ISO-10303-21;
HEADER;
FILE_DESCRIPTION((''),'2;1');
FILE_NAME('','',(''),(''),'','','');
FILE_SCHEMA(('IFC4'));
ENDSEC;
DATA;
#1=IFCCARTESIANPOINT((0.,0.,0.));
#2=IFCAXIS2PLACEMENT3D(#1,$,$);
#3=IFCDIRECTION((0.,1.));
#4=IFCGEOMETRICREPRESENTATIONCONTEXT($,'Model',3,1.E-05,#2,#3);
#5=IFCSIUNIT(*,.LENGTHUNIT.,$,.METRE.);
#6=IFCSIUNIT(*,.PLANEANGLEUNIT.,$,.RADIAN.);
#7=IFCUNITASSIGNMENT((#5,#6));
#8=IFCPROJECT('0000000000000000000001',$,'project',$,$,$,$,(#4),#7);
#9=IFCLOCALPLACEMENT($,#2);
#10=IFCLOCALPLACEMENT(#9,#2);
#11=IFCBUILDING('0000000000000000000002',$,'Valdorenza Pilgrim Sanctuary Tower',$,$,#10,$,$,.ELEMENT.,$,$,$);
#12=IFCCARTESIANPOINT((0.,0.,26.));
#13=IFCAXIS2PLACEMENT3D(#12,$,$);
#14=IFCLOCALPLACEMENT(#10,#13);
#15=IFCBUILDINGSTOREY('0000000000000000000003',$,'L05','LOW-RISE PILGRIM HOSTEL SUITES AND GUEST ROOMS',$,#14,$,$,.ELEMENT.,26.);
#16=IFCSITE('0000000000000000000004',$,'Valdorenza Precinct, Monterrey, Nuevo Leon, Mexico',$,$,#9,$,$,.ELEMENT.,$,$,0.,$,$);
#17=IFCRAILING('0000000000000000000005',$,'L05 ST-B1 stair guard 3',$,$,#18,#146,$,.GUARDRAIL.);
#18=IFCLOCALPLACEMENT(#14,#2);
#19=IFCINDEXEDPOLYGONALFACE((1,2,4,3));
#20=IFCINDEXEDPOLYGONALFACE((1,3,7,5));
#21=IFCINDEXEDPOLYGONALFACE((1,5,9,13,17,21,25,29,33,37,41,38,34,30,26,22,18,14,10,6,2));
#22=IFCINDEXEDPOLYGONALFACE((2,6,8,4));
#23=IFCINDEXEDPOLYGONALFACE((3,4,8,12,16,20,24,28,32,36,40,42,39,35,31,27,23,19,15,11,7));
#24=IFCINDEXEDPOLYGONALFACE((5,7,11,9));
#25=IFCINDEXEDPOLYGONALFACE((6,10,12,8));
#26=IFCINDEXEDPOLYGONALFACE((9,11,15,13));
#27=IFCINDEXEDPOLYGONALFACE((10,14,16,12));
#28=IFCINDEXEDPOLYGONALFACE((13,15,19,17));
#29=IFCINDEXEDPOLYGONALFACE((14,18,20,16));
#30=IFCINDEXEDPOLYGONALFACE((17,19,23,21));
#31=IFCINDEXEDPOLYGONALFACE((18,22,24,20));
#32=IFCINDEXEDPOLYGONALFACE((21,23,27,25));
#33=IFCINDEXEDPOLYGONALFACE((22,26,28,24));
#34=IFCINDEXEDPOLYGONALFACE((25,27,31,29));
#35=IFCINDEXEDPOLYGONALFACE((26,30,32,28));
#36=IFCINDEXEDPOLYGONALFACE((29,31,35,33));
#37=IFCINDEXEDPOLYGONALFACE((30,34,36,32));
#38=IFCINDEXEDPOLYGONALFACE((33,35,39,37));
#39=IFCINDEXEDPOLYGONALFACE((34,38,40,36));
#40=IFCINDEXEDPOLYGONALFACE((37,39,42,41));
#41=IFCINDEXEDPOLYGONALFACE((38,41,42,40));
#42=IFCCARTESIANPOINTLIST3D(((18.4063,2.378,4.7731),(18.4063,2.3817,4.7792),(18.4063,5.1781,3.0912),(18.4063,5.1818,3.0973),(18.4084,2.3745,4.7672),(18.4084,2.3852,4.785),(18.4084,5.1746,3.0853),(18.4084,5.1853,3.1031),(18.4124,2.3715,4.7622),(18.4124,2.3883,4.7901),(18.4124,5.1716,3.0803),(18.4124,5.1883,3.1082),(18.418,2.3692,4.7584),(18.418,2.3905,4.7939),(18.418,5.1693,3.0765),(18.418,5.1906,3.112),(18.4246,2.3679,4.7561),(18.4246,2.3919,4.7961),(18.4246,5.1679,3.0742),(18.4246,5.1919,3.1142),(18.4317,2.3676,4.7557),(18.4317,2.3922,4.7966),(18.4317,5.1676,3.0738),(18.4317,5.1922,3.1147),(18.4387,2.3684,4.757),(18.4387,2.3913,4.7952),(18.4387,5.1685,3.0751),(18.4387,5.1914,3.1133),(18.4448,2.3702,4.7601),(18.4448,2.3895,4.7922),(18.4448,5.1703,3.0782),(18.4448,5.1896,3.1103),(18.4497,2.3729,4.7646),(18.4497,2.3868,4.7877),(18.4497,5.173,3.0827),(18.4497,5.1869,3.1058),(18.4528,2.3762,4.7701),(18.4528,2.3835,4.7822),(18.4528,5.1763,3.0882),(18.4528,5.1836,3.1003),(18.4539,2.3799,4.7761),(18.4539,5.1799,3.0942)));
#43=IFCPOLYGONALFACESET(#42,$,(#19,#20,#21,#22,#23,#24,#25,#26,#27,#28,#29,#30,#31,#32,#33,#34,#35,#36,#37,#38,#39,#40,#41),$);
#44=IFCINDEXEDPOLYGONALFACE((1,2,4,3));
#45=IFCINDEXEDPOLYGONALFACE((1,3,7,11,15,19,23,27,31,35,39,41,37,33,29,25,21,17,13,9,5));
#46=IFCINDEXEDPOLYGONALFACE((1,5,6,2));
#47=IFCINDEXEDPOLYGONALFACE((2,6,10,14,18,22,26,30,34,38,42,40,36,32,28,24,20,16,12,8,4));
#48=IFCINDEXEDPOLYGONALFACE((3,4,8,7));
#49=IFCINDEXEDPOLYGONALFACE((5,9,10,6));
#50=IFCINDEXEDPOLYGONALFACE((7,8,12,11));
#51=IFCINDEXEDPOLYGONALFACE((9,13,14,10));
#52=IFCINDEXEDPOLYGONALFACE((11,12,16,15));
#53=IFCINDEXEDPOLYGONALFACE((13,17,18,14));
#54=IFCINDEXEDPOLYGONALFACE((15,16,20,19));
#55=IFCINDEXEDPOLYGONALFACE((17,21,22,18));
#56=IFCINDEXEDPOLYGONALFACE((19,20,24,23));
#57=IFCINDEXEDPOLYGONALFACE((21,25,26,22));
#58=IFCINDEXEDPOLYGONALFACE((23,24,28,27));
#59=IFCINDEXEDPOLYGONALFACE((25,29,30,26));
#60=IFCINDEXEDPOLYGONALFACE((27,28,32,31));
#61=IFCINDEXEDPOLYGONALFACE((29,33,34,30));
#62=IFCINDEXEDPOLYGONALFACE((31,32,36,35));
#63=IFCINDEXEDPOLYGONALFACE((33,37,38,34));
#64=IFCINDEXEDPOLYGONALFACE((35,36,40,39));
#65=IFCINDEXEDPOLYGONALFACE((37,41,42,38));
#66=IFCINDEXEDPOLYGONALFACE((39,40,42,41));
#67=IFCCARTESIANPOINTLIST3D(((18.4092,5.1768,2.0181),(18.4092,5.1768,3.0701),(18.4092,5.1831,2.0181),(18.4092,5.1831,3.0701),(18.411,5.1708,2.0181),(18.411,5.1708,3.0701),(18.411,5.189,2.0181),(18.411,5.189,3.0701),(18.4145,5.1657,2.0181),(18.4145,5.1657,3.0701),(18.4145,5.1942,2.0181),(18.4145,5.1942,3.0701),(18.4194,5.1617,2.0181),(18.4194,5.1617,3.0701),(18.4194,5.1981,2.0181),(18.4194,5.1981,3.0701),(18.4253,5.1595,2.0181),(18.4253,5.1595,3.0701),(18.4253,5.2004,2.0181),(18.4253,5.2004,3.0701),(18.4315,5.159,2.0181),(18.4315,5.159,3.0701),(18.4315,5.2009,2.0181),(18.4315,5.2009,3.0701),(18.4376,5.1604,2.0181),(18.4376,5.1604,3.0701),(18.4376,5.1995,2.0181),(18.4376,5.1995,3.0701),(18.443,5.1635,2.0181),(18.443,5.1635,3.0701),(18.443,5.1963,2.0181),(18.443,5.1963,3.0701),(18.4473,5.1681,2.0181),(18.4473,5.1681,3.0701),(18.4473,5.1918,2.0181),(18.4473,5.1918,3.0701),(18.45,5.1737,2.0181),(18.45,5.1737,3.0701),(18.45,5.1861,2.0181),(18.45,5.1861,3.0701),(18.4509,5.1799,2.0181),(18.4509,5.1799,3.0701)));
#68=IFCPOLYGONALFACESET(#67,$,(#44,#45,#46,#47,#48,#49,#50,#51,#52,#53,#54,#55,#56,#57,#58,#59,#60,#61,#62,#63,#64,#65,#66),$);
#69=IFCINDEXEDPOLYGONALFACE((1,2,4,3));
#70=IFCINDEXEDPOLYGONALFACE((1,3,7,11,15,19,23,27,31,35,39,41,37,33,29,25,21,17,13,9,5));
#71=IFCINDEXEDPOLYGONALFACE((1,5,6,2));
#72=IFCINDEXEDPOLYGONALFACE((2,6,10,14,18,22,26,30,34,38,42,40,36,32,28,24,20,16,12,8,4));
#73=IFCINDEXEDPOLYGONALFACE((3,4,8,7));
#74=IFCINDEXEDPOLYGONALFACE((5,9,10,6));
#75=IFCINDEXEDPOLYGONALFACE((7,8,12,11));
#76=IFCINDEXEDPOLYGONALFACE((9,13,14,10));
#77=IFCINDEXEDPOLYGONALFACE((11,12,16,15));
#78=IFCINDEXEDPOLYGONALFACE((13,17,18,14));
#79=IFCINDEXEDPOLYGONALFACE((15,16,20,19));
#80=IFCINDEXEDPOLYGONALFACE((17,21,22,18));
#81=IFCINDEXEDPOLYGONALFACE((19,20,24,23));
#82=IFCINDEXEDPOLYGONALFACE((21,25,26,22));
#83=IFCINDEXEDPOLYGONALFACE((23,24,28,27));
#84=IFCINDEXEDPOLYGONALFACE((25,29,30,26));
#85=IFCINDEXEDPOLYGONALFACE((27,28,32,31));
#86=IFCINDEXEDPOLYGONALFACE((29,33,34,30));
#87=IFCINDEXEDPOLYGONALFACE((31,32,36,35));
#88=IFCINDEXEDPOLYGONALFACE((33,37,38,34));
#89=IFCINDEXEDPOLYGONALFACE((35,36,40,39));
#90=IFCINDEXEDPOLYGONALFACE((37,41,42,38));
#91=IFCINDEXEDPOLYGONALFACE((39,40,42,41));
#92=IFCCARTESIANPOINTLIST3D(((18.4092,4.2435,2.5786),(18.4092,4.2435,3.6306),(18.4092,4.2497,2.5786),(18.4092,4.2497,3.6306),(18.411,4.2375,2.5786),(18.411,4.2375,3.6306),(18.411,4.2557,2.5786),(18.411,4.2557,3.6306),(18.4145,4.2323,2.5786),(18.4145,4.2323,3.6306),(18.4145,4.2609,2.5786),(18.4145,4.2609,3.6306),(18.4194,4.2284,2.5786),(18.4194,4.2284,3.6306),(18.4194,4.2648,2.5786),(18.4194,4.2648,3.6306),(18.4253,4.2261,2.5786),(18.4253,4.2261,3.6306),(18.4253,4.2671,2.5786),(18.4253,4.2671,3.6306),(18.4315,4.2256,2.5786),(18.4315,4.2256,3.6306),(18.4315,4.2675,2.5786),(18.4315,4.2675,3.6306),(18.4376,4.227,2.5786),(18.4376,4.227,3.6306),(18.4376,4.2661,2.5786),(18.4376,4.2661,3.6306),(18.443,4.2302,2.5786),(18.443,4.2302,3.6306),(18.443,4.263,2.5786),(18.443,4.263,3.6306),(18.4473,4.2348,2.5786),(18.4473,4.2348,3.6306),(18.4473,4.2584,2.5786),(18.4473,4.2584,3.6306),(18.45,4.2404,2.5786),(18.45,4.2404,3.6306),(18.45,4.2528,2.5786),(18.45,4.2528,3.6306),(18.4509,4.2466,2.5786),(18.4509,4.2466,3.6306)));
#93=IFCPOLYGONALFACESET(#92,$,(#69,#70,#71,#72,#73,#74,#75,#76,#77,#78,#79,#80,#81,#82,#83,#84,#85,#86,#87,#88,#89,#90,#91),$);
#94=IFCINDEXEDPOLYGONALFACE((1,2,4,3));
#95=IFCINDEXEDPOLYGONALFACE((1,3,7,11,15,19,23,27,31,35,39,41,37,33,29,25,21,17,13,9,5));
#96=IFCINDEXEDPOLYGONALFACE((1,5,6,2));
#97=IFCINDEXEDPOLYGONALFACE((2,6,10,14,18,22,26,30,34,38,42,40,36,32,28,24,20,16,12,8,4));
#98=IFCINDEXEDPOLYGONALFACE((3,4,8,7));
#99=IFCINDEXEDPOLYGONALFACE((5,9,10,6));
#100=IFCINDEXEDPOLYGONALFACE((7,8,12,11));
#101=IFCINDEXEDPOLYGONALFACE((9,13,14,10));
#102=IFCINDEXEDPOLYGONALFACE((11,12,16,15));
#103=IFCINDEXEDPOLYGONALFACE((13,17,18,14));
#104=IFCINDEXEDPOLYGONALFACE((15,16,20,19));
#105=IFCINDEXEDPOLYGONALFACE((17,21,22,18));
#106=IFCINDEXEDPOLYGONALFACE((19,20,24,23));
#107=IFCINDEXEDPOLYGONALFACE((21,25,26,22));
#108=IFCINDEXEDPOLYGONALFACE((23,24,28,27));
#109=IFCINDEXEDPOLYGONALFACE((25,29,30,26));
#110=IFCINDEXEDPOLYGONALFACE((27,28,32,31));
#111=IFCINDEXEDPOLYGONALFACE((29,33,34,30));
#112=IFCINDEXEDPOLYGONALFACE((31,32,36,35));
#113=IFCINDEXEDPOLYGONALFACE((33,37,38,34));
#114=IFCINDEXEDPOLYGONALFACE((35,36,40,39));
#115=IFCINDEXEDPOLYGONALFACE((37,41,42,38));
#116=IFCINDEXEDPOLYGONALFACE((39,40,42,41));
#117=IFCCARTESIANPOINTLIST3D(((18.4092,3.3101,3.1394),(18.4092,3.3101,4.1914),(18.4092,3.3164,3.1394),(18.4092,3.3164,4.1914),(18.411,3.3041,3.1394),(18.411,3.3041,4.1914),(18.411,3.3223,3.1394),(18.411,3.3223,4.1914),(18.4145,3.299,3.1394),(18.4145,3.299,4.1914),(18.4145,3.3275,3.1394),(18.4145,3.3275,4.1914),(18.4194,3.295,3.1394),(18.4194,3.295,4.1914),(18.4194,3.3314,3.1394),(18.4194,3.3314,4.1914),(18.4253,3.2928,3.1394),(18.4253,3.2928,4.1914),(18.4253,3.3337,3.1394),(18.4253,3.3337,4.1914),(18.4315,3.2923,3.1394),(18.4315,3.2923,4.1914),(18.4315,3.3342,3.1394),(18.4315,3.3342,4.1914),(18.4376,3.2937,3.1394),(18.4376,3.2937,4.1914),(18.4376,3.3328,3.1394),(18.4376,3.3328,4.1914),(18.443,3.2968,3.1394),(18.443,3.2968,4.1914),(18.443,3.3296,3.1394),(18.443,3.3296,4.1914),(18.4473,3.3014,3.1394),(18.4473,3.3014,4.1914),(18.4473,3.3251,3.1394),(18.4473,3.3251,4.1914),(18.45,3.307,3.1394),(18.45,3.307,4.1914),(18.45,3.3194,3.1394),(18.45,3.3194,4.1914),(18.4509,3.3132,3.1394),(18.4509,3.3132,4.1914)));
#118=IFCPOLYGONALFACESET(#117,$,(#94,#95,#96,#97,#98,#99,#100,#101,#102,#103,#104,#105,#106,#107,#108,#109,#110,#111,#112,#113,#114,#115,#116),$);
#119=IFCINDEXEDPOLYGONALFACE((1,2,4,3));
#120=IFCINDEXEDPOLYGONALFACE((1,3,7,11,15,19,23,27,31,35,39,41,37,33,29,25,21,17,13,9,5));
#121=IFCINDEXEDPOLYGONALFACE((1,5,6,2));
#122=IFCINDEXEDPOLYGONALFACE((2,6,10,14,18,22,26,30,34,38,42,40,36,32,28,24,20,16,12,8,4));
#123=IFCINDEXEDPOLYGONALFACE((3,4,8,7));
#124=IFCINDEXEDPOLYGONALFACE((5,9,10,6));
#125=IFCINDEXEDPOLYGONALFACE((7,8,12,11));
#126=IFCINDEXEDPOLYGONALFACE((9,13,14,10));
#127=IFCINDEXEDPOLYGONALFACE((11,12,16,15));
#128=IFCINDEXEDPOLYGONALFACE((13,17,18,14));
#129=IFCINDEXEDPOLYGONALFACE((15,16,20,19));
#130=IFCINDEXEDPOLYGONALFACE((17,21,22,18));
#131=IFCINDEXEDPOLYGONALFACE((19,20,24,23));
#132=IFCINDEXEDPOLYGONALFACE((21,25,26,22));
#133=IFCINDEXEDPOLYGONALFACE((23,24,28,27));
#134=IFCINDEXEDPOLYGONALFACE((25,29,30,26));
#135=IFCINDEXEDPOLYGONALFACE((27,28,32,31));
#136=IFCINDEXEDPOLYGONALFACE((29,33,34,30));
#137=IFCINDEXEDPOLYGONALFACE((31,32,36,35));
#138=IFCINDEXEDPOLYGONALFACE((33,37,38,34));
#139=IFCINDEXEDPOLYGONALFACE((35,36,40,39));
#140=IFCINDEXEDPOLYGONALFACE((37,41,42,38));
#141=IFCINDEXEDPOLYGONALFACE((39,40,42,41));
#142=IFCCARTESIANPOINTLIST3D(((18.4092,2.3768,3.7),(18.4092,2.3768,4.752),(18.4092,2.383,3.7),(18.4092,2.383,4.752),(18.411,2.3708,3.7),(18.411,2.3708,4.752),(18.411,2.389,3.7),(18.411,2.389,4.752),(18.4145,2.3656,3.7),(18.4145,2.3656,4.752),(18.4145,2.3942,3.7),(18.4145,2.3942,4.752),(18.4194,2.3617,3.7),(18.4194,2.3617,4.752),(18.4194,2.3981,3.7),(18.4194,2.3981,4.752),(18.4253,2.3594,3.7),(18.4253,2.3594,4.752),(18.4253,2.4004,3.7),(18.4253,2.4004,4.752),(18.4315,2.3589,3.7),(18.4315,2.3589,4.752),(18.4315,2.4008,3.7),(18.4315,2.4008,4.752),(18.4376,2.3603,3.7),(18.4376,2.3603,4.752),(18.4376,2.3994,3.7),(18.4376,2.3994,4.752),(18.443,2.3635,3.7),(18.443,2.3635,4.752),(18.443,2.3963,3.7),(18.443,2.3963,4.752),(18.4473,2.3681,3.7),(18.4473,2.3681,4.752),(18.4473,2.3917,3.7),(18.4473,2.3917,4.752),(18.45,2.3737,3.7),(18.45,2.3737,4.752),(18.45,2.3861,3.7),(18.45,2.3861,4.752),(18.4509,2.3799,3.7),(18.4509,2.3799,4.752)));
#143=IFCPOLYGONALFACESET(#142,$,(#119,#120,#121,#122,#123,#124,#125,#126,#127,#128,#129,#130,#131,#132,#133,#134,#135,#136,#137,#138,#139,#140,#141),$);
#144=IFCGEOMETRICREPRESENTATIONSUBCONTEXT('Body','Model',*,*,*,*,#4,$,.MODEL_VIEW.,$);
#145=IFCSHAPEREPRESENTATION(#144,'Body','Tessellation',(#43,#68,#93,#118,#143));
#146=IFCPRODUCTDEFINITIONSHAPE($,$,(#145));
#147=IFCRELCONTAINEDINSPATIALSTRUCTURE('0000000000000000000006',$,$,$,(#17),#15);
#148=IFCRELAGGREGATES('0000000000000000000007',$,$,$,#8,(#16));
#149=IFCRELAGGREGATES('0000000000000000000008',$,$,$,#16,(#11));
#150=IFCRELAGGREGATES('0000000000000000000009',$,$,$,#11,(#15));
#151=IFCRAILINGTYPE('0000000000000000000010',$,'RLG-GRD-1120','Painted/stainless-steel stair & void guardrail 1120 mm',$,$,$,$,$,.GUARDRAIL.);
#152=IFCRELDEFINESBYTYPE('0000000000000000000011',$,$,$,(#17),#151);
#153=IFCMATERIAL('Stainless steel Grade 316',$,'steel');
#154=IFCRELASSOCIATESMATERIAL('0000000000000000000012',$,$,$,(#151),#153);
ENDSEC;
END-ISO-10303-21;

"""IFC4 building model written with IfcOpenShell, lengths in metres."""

from ifc_helpers import new_model, si_unit, direction, frame, origin, origin_2d, place, context, subcontext, project, spatial, circle, extrude, material, type_object, element, save


model = new_model("IFC4")

# Units and contexts
model_context = context("Model", 3, precision=1e-05, world=origin(), true_north=direction((0.0, 1.0)))
body_context = subcontext(model_context, "Body", "Model", "MODEL_VIEW")
ifc_project = project(units=[si_unit("LENGTHUNIT", "METRE"), si_unit("PLANEANGLEUNIT", "RADIAN")], contexts=[model_context])

# Site, building, storey
site_placement = place(None, origin())
site = spatial("IfcSite", under=ifc_project, at=site_placement, Name="Valdorenza Precinct, Monterrey, Nuevo Leon, Mexico", CompositionType="ELEMENT", RefElevation=0.0)
building_placement = place(site_placement, origin())
building = spatial("IfcBuilding", under=site, at=building_placement, Name="Valdorenza Pilgrim Sanctuary Tower", CompositionType="ELEMENT")
storey_placement = place(building_placement, frame((0.0, 0.0, 26.0)))
storey = spatial("IfcBuildingStorey", under=building, at=storey_placement, Name="L05", Description="LOW-RISE PILGRIM HOSTEL SUITES AND GUEST ROOMS", CompositionType="ELEMENT", Elevation=26.0)

# Railing
ifc_material_1 = material(Name="Stainless steel Grade 316", Category="steel")
railing_type_1 = type_object("IfcRailingType", Name="RLG-GRD-1120", Description="Painted/stainless-steel stair & void guardrail 1120 mm", PredefinedType="GUARDRAIL", material=ifc_material_1)
railing_1_placement = place(storey_placement, frame((18.4299, 5.1799, 2.0181)))
element("IfcRailing", 1, at=railing_1_placement, inside=storey, type_object=railing_type_1, Name="L05 ST-B1 stair guard 3", PredefinedType="GUARDRAIL", context=body_context, shape_type="SweptSolid", body=[
    extrude(circle(Radius=0.0239, at=origin_2d()), frame((0.0, 0.0, 1.0762), z_axis=(0.0, -0.857242, 0.514913), x_axis=(1.0, 0.0, 0.0)), (0.0, 0.0, 1.0), 3.2664),
    extrude(circle(Radius=0.021, at=origin_2d()), origin(), (0.0, 0.0, 1.0), 1.052),
    extrude(circle(Radius=0.021, at=origin_2d()), frame((0.0, -0.9333, 0.5605)), (0.0, 0.0, 1.0), 1.052),
    extrude(circle(Radius=0.021, at=origin_2d()), frame((0.0, -1.8667, 1.1213)), (0.0, 0.0, 1.0), 1.052),
    extrude(circle(Radius=0.021, at=origin_2d()), frame((0.0, -2.8, 1.6819)), (0.0, 0.0, 1.0), 1.052),
])

save(model, "model.ifc")
